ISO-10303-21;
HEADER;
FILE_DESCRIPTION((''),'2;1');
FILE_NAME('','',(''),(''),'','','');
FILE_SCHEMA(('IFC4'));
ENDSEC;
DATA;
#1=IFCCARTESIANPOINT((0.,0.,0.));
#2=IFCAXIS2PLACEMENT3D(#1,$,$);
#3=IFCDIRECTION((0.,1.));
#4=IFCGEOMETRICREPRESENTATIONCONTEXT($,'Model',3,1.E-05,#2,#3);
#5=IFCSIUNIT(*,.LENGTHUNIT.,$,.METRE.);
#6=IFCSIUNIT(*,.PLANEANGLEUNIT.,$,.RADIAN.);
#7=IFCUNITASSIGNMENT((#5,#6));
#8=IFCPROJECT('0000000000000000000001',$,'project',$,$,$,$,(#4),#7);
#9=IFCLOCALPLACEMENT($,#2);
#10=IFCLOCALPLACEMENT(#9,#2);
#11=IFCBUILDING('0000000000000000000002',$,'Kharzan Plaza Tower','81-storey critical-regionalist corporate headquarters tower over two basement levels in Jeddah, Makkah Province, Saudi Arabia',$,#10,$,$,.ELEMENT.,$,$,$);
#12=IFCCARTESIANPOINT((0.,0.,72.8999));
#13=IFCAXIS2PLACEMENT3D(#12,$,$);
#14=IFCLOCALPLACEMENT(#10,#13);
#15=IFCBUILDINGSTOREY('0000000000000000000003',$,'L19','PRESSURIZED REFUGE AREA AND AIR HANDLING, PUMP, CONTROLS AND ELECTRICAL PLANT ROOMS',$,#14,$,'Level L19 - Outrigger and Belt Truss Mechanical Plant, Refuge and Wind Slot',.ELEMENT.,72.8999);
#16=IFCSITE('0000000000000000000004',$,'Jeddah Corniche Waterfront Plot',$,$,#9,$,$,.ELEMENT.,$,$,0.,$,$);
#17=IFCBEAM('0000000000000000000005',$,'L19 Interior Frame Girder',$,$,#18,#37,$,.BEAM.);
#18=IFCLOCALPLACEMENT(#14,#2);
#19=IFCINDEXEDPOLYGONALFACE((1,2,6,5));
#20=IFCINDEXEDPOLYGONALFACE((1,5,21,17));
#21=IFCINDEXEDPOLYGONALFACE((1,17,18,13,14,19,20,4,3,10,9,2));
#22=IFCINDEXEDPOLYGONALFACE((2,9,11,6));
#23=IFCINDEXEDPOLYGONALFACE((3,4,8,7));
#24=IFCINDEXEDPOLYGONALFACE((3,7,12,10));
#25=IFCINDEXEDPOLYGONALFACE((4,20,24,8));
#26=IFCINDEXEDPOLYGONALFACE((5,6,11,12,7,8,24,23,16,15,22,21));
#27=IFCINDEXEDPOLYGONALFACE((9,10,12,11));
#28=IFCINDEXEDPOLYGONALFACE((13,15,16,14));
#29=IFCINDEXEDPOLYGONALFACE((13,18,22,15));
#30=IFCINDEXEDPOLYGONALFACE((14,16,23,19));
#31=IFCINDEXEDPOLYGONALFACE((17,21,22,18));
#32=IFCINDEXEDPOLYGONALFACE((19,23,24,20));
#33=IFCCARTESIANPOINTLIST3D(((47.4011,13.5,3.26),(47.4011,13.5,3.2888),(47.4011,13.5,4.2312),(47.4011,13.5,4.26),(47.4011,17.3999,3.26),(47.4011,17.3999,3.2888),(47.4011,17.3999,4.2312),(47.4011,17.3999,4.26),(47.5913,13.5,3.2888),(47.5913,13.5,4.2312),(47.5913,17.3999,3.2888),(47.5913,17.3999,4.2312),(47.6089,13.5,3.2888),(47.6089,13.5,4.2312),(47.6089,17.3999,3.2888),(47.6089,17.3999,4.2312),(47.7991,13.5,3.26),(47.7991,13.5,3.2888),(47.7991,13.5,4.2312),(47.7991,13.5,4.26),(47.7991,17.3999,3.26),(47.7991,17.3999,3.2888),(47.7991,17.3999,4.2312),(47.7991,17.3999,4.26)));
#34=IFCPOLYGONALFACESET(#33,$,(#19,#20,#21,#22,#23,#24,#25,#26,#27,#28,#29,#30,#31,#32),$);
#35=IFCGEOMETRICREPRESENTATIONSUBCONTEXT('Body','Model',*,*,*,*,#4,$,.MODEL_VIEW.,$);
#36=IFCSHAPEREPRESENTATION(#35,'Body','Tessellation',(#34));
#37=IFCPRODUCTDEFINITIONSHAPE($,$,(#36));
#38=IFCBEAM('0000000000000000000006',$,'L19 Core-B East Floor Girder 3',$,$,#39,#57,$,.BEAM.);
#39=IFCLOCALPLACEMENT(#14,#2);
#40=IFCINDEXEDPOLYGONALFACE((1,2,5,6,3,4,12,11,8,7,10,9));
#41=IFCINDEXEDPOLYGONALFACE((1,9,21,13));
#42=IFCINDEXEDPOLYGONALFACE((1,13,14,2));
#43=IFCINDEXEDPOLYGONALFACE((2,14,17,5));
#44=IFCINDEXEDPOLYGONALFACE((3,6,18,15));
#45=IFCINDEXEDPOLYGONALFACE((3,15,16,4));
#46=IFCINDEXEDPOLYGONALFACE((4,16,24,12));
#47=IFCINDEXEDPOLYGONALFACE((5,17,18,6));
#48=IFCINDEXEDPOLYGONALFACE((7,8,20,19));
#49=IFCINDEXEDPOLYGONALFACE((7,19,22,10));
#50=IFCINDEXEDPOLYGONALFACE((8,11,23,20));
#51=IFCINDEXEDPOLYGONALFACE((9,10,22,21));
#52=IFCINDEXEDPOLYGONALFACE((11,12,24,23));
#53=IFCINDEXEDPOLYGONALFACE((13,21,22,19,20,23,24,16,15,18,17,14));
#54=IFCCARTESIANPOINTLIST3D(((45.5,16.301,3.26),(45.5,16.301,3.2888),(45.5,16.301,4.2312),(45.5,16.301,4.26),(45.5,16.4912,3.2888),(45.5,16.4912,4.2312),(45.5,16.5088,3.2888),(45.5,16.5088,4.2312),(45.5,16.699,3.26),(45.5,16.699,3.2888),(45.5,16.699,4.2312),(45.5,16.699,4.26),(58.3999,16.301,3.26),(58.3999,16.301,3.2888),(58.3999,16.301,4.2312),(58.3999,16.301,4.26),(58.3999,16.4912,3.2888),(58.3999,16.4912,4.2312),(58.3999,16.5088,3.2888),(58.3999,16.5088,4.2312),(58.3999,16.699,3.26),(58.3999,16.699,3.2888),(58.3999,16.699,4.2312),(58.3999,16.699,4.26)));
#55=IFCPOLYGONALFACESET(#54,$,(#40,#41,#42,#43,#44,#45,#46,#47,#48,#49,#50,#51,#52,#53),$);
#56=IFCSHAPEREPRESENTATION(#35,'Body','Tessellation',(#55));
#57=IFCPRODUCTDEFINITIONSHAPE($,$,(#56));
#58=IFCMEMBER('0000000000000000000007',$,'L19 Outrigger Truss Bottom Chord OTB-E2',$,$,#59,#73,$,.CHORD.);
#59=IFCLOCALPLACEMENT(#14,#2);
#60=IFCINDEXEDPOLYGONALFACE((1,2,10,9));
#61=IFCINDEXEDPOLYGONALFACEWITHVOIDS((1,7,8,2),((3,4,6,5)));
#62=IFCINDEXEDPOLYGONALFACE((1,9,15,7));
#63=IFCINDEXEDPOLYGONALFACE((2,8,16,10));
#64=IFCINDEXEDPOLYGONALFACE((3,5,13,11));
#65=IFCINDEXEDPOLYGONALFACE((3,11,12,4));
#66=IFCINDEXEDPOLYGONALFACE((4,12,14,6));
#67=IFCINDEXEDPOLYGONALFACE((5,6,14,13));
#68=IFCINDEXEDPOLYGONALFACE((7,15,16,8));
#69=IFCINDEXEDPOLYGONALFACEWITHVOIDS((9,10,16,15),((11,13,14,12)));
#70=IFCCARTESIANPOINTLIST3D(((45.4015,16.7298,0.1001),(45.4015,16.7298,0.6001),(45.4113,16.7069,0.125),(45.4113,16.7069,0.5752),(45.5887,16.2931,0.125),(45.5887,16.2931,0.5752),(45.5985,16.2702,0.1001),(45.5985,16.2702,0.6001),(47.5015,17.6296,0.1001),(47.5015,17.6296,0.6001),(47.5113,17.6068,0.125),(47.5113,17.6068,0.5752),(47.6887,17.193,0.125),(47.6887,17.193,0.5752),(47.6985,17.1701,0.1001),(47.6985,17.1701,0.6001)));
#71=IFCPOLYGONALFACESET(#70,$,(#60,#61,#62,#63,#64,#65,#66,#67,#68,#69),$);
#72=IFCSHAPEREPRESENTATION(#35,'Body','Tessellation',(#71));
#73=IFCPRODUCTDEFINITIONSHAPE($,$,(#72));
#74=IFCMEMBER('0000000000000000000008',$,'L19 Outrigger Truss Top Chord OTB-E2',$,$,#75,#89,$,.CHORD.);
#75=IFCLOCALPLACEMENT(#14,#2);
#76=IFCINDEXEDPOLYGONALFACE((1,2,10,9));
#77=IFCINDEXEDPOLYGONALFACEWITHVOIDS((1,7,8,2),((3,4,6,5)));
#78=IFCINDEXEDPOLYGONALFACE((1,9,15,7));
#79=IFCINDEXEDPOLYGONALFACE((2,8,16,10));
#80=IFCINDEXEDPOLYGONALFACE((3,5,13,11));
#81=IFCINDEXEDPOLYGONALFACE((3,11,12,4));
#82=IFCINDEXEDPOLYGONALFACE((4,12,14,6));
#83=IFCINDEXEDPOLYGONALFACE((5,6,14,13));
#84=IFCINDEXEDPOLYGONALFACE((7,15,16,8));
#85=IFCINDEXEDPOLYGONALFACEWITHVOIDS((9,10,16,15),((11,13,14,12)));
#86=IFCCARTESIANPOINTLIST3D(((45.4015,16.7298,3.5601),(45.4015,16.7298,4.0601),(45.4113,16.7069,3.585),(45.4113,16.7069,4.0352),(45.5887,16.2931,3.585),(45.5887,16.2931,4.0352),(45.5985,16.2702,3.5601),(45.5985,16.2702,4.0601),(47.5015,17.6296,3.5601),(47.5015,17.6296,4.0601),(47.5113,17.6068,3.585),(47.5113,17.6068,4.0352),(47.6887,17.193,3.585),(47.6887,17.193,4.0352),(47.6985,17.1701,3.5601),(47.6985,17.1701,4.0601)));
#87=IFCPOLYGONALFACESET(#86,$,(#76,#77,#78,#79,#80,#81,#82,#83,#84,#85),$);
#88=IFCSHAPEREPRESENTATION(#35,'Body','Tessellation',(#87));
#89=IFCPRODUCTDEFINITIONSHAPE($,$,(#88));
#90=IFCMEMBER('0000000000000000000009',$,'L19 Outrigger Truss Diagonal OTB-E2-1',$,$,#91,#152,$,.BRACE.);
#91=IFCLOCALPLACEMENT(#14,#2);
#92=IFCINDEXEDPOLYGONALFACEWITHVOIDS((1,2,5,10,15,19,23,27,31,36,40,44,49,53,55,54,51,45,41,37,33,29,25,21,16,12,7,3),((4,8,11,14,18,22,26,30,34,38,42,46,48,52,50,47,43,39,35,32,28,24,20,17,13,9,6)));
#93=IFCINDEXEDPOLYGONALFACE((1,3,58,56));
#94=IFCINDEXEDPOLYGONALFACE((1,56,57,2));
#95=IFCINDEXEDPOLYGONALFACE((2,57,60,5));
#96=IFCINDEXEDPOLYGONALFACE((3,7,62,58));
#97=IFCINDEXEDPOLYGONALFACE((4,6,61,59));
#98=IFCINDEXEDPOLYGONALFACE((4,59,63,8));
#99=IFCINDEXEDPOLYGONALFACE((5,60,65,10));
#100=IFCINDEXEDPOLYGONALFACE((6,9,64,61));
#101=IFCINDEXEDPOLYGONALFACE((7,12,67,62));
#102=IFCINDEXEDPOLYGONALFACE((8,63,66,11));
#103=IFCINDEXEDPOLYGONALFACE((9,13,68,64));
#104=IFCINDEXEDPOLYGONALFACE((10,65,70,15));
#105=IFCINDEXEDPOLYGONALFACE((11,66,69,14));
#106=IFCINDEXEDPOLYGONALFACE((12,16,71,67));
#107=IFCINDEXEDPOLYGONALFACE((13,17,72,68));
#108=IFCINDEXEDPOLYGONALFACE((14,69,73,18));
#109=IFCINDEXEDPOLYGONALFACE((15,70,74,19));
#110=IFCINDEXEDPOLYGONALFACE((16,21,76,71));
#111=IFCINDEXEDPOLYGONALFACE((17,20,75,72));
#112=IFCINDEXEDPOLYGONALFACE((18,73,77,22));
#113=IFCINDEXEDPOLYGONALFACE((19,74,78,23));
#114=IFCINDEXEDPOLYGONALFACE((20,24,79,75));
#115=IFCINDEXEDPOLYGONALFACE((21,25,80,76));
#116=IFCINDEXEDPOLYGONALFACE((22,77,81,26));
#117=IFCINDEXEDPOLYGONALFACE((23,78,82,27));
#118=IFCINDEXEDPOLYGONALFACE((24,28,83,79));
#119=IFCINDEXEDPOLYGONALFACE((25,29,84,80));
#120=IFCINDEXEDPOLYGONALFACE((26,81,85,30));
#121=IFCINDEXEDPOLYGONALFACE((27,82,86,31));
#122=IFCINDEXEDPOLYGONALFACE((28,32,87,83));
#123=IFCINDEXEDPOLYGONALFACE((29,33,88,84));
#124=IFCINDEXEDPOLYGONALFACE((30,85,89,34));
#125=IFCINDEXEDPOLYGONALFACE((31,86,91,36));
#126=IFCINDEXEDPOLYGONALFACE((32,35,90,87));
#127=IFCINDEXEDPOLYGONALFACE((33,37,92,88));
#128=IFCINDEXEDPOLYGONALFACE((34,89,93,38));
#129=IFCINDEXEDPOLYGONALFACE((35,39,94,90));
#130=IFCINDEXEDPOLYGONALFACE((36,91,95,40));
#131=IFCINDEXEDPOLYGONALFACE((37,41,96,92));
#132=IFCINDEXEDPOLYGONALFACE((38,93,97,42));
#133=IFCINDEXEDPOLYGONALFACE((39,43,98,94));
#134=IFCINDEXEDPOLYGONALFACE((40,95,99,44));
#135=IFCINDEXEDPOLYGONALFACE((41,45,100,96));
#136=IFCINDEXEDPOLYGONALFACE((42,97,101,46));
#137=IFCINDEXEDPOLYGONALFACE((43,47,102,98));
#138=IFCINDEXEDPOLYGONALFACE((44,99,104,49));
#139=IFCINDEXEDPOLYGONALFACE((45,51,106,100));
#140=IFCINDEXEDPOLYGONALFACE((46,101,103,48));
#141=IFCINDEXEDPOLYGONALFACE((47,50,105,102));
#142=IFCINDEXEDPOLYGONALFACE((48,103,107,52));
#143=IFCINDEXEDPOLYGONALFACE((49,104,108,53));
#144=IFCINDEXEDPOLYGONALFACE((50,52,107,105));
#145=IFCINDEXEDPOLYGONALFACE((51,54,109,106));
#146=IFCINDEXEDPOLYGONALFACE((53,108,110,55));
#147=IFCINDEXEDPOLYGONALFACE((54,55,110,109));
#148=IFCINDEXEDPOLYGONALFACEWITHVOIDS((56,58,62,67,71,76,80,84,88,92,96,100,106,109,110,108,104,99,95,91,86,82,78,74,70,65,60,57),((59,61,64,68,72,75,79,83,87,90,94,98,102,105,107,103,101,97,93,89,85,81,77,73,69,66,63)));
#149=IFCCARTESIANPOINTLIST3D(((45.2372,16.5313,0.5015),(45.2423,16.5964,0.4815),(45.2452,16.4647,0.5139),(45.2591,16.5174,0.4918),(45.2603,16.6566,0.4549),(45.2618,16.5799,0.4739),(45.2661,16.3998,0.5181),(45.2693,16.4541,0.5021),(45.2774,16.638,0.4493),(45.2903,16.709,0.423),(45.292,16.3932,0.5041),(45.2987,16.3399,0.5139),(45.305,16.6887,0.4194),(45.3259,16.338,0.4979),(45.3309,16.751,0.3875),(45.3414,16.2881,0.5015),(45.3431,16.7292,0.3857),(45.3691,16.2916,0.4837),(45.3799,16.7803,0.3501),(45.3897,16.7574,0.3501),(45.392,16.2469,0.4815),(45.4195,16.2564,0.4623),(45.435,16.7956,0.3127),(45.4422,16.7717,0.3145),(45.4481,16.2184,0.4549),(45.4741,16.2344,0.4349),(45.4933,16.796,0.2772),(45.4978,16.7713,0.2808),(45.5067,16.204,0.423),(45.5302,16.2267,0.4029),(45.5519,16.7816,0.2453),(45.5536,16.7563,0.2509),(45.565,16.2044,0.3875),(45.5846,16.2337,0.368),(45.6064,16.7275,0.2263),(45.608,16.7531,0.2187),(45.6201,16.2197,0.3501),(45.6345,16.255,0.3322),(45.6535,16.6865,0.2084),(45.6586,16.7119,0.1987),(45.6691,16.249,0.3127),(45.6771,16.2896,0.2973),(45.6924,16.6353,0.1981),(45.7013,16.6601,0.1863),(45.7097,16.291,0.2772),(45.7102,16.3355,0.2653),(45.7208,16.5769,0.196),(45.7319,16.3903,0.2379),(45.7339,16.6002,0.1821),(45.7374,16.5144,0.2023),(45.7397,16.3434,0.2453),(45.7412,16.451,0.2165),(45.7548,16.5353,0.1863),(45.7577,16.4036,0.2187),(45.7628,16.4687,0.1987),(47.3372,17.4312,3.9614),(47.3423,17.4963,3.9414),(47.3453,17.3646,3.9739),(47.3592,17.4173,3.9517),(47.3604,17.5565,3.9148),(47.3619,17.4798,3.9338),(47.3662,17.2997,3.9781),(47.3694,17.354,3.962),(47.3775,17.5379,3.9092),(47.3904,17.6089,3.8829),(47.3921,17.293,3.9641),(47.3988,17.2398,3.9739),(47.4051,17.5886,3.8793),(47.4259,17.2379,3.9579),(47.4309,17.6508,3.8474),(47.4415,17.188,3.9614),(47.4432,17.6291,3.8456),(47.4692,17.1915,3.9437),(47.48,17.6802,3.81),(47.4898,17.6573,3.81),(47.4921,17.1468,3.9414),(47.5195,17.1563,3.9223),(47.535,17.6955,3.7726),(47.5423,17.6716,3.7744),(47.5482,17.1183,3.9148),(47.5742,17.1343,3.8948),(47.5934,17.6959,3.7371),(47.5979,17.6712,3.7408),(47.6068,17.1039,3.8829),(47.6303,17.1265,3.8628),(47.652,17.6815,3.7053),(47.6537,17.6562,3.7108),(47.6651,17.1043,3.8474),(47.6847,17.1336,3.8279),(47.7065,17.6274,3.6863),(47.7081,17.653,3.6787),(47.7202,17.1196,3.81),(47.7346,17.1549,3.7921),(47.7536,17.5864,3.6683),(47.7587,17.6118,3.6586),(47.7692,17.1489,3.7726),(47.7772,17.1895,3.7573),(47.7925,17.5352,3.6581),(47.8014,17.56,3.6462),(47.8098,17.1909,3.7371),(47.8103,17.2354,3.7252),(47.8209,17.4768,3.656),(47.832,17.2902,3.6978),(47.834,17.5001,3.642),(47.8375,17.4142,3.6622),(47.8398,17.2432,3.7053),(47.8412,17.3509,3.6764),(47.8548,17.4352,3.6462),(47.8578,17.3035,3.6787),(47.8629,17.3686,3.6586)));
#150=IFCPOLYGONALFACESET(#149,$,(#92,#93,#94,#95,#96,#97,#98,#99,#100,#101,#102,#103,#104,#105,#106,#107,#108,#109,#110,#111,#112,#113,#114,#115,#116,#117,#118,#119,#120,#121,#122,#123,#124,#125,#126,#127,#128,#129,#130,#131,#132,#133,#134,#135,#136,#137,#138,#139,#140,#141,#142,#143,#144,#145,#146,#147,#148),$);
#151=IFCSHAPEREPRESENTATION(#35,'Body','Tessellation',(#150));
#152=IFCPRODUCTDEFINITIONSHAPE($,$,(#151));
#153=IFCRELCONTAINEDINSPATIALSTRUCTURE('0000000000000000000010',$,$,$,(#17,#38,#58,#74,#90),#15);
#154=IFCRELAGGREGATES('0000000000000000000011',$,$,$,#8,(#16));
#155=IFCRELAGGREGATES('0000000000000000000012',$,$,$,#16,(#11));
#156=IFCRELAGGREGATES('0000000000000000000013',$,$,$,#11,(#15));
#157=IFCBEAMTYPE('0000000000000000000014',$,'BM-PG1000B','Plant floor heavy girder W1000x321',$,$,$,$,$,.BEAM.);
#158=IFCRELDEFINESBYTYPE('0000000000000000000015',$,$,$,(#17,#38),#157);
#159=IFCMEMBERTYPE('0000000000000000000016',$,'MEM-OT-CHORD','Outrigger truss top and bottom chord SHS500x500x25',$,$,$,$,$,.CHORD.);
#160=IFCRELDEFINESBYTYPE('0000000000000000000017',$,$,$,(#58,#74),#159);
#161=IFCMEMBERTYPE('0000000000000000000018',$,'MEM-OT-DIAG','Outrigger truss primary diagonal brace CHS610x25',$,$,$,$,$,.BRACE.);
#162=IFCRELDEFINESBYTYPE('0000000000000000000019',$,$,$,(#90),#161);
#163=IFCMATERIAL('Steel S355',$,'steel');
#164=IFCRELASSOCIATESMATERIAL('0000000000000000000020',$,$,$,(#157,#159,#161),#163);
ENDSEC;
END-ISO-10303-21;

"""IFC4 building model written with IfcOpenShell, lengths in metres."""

from ifc_helpers import new_model, si_unit, direction, frame, origin, origin_2d, place, context, subcontext, project, spatial, hollow_rectangle, hollow_circle, i_section, extrude, source, transform, mapped, material, material_profile, profile_set, type_object, element, save


model = new_model("IFC4")

# Units and contexts
model_context = context("Model", 3, precision=1e-05, world=origin(), true_north=direction((0.0, 1.0)))
body_context = subcontext(model_context, "Body", "Model", "MODEL_VIEW")
ifc_project = project(units=[si_unit("LENGTHUNIT", "METRE"), si_unit("PLANEANGLEUNIT", "RADIAN")], contexts=[model_context])

# Site, building, storey
site_placement = place(None, origin())
site = spatial("IfcSite", under=ifc_project, at=site_placement, Name="Jeddah Corniche Waterfront Plot", CompositionType="ELEMENT", RefElevation=0.0)
building_placement = place(site_placement, origin())
building = spatial("IfcBuilding", under=site, at=building_placement, Name="Kharzan Plaza Tower", Description="81-storey critical-regionalist corporate headquarters tower over two basement levels in Jeddah, Makkah Province, Saudi Arabia", CompositionType="ELEMENT")
storey_placement = place(building_placement, frame((0.0, 0.0, 72.8999)))
storey = spatial("IfcBuildingStorey", under=building, at=storey_placement, Name="L19", Description="PRESSURIZED REFUGE AREA AND AIR HANDLING, PUMP, CONTROLS AND ELECTRICAL PLANT ROOMS", LongName="Level L19 - Outrigger and Belt Truss Mechanical Plant, Refuge and Wind Slot", CompositionType="ELEMENT", Elevation=72.8999)

# Beams
ifc_material_1 = material(Name="Steel S355", Category="steel")
ifc_material_profile_1 = material_profile(ifc_material_1, i_section(OverallWidth=0.3979, OverallDepth=1.0, WebThickness=0.0176, FlangeThickness=0.0288, at=origin_2d()), Name="W1000x321")
ifc_profile_set_1 = profile_set([ifc_material_profile_1], Name="Steel S355")
beam_type_1 = type_object("IfcBeamType", Name="BM-PG1000B", Description="Plant floor heavy girder W1000x321", PredefinedType="BEAM", material=ifc_profile_set_1)
shared_shape_1 = source(origin(), body_context, "Body", "SweptSolid", [
    extrude(i_section(OverallWidth=0.3979, OverallDepth=1.0, WebThickness=0.0176, FlangeThickness=0.0288, at=origin_2d()), origin(), (0.0, 0.0, 1.0), 3.8999),
])
beam_1_placement = place(storey_placement, frame((47.6001, 13.5, 3.76), z_axis=(0.0, 1.0, 0.0), x_axis=(-1.0, 0.0, 0.0)))
element("IfcBeam", 1, at=beam_1_placement, inside=storey, type_object=beam_type_1, Name="L19 Interior Frame Girder", PredefinedType="BEAM", context=body_context, shape_type="MappedRepresentation", body=[
    mapped(shared_shape_1, transform((0.0, 0.0, 0.0), x_axis=(1.0, 0.0, 0.0), y_axis=(0.0, 1.0, 0.0), z_axis=(0.0, 0.0, 1.0))),
])
shared_shape_2 = source(origin(), body_context, "Body", "SweptSolid", [
    extrude(i_section(OverallWidth=0.3979, OverallDepth=1.0, WebThickness=0.0176, FlangeThickness=0.0288, at=origin_2d()), origin(), (0.0, 0.0, 1.0), 12.8999),
])
beam_2_placement = place(storey_placement, frame((45.5, 16.5, 3.76), z_axis=(1.0, 0.0, 0.0), x_axis=(0.0, 1.0, 0.0)))
element("IfcBeam", 2, at=beam_2_placement, inside=storey, type_object=beam_type_1, Name="L19 Core-B East Floor Girder 3", PredefinedType="BEAM", context=body_context, shape_type="MappedRepresentation", body=[
    mapped(shared_shape_2, transform((0.0, 0.0, 0.0), x_axis=(1.0, 0.0, 0.0), y_axis=(0.0, 1.0, 0.0), z_axis=(0.0, 0.0, 1.0))),
])

# Members
ifc_material_profile_2 = material_profile(ifc_material_1, hollow_rectangle(XDim=0.5, YDim=0.5, WallThickness=0.0249, at=origin_2d()), Name="SHS500x500x25")
ifc_profile_set_2 = profile_set([ifc_material_profile_2], Name="Steel S355")
member_type_1 = type_object("IfcMemberType", Name="MEM-OT-CHORD", Description="Outrigger truss top and bottom chord SHS500x500x25", PredefinedType="CHORD", material=ifc_profile_set_2)
shared_shape_3 = source(origin(), body_context, "Body", "SweptSolid", [
    extrude(hollow_rectangle(XDim=0.5, YDim=0.5, WallThickness=0.0249, at=origin_2d()), origin(), (0.0, 0.0, 1.0), 2.2847),
])
for number, where, z_axis, x_axis, name in (
    (3, (45.5, 16.5, 0.3501), (0.919167, 0.393868, 0.0), (-0.393868, 0.919167, 0.0), "L19 Outrigger Truss Bottom Chord OTB-E2"),
    (4, (45.5, 16.5, 3.8101), (0.919167, 0.393868, 0.0), (-0.393868, 0.919167, 0.0), "L19 Outrigger Truss Top Chord OTB-E2"),
):
    element("IfcMember", number, at=place(storey_placement, frame(where, z_axis=z_axis, x_axis=x_axis)), inside=storey, type_object=member_type_1, Name=name, PredefinedType="CHORD", context=body_context, shape_type="MappedRepresentation", body=[
        mapped(shared_shape_3, transform((0.0, 0.0, 0.0), x_axis=(1.0, 0.0, 0.0), y_axis=(0.0, 1.0, 0.0), z_axis=(0.0, 0.0, 1.0))),
    ])
ifc_material_profile_3 = material_profile(ifc_material_1, hollow_circle(Radius=0.3049, WallThickness=0.0249, at=origin_2d()), Name="CHS610x25")
ifc_profile_set_3 = profile_set([ifc_material_profile_3], Name="Steel S355")
member_type_2 = type_object("IfcMemberType", Name="MEM-OT-DIAG", Description="Outrigger truss primary diagonal brace CHS610x25", PredefinedType="BRACE", material=ifc_profile_set_3)
shared_shape_4 = source(origin(), body_context, "Body", "SweptSolid", [
    extrude(hollow_circle(Radius=0.3049, WallThickness=0.0249, at=origin_2d()), origin(), (0.0, 0.0, 1.0), 4.1462),
])
member_1_placement = place(storey_placement, frame((45.5, 16.5, 0.3501), z_axis=(0.506503, 0.217039, 0.834475), x_axis=(-0.393868, 0.919167, 0.0)))
element("IfcMember", 5, at=member_1_placement, inside=storey, type_object=member_type_2, Name="L19 Outrigger Truss Diagonal OTB-E2-1", PredefinedType="BRACE", context=body_context, shape_type="MappedRepresentation", body=[
    mapped(shared_shape_4, transform((0.0, 0.0, 0.0), x_axis=(1.0, 0.0, 0.0), y_axis=(0.0, 1.0, 0.0), z_axis=(0.0, 0.0, 1.0))),
])

save(model, "model.ifc")
